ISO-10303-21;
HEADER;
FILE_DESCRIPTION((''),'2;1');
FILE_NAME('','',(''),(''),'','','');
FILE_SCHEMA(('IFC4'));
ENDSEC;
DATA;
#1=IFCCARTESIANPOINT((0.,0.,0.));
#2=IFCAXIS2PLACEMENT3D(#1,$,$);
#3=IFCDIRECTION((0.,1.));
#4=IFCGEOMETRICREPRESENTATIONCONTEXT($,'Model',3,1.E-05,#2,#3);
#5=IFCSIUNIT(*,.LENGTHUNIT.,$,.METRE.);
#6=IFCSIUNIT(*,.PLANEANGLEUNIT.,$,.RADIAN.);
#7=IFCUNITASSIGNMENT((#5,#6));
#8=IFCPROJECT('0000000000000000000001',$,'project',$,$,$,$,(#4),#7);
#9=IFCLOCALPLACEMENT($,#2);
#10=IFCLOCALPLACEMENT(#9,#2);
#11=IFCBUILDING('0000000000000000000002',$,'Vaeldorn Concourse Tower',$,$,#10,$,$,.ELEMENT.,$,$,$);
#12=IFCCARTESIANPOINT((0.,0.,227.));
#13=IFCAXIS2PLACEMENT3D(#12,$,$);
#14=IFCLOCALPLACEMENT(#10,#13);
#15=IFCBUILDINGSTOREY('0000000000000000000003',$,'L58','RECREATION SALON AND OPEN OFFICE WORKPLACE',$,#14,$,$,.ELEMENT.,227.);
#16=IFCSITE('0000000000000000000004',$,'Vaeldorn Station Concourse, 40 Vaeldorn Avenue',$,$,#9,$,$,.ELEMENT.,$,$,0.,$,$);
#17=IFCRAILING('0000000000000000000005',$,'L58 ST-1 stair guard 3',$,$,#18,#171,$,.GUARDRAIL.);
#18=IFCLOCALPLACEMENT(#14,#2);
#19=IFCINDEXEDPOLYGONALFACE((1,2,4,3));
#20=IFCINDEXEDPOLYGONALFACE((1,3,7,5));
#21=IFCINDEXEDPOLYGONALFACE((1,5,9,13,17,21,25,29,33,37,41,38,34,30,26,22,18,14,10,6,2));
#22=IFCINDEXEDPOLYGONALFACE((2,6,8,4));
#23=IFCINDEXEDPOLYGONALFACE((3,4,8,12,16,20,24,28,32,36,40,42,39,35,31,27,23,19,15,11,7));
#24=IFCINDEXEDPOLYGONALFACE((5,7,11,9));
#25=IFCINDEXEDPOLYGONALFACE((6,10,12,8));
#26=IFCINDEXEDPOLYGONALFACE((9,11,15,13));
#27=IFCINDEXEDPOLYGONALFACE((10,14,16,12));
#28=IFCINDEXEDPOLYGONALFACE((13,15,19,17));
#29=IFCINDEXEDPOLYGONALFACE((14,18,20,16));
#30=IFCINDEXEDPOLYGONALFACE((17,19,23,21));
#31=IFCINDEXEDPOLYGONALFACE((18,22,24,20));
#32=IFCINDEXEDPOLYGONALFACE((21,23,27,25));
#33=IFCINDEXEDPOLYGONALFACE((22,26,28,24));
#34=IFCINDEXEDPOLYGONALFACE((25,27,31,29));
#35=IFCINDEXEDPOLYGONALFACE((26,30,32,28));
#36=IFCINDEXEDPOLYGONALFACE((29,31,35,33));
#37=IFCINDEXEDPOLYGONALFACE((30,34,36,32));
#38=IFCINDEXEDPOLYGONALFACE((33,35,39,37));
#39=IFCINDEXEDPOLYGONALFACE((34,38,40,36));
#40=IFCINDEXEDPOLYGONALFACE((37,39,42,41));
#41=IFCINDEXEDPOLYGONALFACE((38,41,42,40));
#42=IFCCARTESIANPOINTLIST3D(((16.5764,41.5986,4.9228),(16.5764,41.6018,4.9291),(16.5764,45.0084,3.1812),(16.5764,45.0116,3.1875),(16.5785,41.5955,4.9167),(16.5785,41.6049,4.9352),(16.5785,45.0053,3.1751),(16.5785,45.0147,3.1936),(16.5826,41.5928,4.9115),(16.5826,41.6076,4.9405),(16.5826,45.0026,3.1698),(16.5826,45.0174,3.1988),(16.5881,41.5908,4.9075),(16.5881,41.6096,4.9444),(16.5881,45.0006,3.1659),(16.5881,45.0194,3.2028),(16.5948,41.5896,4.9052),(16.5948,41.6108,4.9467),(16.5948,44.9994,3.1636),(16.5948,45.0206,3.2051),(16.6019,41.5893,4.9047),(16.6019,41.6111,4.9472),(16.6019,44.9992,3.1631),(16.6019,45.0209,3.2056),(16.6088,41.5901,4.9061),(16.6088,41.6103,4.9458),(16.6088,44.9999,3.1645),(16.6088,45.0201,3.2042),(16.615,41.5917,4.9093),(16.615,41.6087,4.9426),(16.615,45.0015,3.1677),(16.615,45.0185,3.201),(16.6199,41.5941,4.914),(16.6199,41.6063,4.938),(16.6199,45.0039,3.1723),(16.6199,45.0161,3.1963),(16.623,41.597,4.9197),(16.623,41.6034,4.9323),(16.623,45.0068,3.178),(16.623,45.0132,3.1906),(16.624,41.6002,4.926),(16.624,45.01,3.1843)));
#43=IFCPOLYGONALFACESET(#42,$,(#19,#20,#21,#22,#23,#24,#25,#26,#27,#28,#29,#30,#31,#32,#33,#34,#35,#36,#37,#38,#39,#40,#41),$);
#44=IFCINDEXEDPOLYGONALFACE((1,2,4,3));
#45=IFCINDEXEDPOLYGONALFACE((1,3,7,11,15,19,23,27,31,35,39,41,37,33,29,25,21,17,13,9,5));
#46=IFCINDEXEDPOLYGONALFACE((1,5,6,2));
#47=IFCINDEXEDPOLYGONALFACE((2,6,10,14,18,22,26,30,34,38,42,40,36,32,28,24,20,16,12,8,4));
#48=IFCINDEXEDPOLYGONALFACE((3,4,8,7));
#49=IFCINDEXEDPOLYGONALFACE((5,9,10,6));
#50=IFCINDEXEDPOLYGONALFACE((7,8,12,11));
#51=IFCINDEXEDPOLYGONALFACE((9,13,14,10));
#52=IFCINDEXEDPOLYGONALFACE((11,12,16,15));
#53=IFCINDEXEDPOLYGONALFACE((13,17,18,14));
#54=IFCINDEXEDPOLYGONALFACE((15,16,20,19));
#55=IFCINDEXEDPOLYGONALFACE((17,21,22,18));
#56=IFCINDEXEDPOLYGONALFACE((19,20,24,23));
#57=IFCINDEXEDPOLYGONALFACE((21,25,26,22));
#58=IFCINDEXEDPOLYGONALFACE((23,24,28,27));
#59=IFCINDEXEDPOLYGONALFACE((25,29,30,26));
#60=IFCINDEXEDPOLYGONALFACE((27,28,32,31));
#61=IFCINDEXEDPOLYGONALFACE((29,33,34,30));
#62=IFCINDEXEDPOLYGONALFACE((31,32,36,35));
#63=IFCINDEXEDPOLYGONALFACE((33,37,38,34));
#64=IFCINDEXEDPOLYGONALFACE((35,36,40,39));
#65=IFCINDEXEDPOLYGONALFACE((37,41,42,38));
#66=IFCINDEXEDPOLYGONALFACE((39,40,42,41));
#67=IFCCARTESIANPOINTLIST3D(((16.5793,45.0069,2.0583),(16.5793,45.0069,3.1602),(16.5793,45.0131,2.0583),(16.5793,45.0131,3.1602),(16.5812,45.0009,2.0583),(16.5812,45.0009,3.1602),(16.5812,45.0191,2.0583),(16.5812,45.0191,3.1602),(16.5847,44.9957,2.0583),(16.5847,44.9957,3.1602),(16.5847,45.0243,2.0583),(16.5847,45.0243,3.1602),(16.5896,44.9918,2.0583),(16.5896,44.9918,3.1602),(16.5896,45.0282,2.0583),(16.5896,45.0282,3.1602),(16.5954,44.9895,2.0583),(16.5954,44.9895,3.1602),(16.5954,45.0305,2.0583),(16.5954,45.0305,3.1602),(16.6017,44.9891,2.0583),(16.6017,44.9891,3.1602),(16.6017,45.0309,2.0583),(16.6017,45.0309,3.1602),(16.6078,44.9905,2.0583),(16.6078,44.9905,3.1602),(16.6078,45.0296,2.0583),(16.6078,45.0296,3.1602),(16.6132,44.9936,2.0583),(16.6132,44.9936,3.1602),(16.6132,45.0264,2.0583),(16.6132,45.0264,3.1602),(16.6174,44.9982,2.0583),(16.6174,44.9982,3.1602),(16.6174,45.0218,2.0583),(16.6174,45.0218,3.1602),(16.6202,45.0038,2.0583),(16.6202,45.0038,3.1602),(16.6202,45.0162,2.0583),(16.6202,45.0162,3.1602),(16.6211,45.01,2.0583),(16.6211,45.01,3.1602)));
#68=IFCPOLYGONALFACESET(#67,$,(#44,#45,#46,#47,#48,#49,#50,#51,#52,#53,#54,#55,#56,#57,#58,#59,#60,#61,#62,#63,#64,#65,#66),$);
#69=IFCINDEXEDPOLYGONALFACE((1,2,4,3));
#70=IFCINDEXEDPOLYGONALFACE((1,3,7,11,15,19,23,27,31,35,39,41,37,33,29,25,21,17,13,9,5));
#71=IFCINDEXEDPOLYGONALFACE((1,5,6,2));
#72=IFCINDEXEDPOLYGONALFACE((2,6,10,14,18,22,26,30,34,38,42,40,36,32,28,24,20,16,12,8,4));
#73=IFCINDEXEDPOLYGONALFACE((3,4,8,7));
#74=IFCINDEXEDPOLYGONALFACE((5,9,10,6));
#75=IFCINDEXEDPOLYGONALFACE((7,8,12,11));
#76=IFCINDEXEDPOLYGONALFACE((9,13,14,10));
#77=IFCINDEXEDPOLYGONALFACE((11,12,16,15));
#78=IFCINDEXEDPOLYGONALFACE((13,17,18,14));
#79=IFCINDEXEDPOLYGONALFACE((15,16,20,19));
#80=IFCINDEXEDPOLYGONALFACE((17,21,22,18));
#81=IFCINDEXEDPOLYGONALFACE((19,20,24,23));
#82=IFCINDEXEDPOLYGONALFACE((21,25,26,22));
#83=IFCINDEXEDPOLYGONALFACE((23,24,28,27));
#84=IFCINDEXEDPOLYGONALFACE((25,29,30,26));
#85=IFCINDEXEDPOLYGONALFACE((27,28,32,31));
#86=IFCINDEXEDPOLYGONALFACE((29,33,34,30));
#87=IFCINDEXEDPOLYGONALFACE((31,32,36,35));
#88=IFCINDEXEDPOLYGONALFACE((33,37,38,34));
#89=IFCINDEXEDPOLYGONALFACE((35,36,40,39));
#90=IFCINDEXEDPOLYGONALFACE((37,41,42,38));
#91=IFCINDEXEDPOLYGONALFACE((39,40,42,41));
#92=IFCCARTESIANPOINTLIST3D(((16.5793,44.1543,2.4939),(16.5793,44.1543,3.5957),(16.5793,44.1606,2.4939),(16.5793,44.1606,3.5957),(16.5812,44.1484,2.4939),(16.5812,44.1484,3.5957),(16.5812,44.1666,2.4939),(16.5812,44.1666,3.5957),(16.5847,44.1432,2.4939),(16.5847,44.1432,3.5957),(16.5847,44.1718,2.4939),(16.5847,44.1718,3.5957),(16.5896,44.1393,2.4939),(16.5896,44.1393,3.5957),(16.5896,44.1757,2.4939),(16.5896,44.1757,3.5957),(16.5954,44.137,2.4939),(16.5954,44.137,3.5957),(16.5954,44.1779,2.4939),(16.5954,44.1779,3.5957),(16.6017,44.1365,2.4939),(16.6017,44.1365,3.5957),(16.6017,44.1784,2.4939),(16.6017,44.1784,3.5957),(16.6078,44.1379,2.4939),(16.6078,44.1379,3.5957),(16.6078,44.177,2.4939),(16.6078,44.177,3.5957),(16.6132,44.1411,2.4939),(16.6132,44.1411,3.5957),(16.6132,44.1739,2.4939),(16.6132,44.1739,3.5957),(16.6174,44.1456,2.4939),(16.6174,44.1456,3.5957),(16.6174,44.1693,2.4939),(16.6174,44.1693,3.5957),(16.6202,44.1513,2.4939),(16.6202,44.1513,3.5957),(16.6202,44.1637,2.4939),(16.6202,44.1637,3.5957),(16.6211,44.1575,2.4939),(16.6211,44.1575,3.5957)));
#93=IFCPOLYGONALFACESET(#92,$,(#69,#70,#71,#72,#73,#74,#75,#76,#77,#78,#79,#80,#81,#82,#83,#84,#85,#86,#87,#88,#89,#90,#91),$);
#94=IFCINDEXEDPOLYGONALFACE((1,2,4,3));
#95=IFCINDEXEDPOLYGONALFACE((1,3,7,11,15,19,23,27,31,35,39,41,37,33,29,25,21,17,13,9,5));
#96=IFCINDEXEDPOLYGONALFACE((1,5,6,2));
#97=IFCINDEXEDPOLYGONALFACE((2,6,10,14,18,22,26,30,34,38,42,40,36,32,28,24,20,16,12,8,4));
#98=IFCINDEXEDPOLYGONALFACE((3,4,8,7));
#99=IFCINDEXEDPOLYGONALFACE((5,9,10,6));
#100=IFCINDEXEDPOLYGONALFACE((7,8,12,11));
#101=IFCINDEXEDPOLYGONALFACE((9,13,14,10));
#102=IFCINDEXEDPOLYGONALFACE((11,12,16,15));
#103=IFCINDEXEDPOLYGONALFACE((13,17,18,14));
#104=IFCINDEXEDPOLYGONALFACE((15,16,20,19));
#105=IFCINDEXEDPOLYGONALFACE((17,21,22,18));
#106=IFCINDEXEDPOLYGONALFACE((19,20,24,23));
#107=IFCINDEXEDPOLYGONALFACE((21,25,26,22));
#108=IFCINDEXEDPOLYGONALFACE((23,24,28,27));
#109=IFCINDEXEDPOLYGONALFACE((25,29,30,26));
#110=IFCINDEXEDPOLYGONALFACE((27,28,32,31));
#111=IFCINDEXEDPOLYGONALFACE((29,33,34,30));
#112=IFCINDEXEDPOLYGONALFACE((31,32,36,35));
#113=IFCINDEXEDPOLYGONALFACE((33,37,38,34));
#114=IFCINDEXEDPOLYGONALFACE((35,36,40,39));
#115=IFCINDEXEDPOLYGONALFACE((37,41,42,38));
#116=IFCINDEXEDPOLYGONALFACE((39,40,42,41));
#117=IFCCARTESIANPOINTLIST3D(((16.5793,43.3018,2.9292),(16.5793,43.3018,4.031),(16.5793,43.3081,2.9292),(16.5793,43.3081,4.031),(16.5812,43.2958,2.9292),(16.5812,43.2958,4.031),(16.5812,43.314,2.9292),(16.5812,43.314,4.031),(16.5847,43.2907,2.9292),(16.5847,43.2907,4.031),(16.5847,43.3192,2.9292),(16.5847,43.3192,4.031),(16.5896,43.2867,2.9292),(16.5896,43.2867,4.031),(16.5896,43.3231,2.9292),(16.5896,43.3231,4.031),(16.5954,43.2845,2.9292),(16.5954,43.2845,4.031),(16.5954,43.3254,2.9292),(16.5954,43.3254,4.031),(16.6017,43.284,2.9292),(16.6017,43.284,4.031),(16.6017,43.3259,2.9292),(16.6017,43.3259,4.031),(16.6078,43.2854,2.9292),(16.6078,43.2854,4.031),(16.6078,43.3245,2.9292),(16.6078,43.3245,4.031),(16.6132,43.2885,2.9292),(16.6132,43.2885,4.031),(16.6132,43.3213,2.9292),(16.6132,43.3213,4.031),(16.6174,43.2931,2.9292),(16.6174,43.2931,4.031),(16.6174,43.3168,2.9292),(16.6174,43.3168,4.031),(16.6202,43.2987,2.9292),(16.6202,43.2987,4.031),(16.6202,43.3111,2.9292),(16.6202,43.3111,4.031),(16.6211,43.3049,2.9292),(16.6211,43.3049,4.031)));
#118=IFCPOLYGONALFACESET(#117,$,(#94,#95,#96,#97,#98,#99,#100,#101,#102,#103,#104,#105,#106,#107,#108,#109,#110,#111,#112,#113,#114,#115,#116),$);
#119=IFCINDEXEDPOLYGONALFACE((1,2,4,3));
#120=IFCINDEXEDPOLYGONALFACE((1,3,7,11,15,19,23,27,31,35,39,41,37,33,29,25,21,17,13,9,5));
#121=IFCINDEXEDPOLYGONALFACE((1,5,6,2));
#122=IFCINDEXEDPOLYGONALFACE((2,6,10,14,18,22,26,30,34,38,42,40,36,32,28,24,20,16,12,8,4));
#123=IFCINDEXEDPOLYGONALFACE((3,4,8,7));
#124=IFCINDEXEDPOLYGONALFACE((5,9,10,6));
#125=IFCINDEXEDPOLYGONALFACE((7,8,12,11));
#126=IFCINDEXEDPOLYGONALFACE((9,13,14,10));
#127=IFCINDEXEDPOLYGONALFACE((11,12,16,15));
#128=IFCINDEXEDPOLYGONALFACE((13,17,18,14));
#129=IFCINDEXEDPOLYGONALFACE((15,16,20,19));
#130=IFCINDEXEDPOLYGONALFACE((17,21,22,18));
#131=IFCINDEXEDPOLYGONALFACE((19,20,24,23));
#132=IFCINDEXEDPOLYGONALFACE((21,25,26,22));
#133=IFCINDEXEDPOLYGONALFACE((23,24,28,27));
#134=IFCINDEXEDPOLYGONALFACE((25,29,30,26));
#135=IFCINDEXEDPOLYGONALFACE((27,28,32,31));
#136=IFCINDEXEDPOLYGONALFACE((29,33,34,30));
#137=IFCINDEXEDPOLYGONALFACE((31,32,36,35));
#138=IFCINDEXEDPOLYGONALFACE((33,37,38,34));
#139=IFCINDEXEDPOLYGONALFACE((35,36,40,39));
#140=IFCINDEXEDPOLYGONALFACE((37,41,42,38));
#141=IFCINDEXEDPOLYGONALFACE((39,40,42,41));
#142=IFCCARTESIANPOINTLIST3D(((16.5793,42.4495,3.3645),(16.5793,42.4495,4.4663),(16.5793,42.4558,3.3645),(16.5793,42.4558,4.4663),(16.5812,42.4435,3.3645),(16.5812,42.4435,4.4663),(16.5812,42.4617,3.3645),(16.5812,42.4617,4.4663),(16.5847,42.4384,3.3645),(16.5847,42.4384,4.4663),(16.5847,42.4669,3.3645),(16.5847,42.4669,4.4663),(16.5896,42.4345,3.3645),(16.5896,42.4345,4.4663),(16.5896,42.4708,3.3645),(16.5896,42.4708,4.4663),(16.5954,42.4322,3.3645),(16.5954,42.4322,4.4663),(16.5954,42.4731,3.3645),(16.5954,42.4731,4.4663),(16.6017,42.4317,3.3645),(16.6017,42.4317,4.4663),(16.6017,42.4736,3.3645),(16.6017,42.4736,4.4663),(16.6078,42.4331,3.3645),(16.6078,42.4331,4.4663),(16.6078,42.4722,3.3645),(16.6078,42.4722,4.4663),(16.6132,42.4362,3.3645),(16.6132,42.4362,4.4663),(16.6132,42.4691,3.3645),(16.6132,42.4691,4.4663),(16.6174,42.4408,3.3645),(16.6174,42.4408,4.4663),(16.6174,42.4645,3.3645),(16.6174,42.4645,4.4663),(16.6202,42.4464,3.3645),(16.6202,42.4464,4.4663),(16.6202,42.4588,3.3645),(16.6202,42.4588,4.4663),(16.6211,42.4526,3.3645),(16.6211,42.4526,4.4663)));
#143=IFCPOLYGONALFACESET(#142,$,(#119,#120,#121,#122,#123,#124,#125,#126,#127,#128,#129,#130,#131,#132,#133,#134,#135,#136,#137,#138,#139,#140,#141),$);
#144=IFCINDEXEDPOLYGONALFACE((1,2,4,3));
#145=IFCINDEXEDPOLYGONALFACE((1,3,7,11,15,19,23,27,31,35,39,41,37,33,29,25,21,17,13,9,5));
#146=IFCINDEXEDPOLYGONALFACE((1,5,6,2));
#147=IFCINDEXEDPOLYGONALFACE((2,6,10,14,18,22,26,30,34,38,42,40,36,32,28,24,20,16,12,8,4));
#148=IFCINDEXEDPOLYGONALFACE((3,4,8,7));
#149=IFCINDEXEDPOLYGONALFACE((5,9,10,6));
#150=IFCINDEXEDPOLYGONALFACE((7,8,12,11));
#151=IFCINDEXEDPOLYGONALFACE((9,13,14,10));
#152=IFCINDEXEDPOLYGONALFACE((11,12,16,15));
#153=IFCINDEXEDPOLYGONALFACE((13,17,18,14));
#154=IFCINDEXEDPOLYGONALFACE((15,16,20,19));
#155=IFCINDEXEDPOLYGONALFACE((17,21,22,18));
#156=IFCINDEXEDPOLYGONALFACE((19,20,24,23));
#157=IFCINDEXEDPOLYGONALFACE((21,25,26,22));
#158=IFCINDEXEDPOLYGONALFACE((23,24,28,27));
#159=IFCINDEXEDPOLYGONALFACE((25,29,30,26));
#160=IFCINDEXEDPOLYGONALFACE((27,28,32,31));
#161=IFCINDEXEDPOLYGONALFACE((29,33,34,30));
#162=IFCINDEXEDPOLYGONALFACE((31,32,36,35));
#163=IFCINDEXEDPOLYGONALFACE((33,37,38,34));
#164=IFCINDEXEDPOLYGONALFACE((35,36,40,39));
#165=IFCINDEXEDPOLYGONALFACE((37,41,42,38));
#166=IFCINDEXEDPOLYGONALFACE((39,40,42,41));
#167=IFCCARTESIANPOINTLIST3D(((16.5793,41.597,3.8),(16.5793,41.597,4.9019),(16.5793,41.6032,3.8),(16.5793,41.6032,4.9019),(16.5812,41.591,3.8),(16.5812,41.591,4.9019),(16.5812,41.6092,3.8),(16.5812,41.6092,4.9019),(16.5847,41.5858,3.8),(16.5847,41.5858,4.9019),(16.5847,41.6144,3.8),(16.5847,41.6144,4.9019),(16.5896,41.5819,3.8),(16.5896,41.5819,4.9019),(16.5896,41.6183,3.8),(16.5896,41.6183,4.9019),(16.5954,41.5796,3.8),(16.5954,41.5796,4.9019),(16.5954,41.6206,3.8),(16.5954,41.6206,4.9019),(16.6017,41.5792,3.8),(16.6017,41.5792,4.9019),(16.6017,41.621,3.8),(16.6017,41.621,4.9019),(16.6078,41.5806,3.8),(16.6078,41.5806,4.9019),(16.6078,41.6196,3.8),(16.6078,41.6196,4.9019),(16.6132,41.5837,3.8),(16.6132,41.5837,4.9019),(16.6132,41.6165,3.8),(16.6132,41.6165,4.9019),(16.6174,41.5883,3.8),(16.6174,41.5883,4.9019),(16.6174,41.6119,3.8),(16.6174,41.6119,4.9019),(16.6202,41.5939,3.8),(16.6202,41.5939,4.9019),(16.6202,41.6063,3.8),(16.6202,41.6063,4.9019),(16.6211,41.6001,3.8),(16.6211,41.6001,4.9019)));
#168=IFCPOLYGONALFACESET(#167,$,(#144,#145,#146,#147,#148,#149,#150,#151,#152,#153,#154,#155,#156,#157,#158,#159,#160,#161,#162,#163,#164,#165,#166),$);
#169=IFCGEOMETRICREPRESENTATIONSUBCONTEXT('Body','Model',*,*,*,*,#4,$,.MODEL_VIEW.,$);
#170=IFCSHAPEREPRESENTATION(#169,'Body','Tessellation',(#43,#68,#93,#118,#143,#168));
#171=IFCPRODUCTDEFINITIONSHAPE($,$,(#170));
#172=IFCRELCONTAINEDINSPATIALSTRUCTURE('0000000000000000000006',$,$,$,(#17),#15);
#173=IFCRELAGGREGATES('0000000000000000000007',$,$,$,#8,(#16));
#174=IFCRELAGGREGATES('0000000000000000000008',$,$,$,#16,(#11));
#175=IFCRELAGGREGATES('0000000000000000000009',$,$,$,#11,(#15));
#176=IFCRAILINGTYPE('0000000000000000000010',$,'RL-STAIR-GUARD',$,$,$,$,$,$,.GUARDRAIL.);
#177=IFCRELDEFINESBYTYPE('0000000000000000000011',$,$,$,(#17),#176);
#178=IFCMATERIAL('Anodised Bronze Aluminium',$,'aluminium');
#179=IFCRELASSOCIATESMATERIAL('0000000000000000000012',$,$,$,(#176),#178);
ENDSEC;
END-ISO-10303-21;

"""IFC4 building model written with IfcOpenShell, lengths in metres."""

from ifc_helpers import new_model, si_unit, direction, frame, origin, origin_2d, place, context, subcontext, project, spatial, circle, extrude, material, type_object, element, save


model = new_model("IFC4")

# Units and contexts
model_context = context("Model", 3, precision=1e-05, world=origin(), true_north=direction((0.0, 1.0)))
body_context = subcontext(model_context, "Body", "Model", "MODEL_VIEW")
ifc_project = project(units=[si_unit("LENGTHUNIT", "METRE"), si_unit("PLANEANGLEUNIT", "RADIAN")], contexts=[model_context])

# Site, building, storey
site_placement = place(None, origin())
site = spatial("IfcSite", under=ifc_project, at=site_placement, Name="Vaeldorn Station Concourse, 40 Vaeldorn Avenue", CompositionType="ELEMENT", RefElevation=0.0)
building_placement = place(site_placement, origin())
building = spatial("IfcBuilding", under=site, at=building_placement, Name="Vaeldorn Concourse Tower", CompositionType="ELEMENT")
storey_placement = place(building_placement, frame((0.0, 0.0, 227.0)))
storey = spatial("IfcBuildingStorey", under=building, at=storey_placement, Name="L58", Description="RECREATION SALON AND OPEN OFFICE WORKPLACE", CompositionType="ELEMENT", Elevation=227.0)

# Shared definitions
ifc_material_1 = material(Name="Anodised Bronze Aluminium", Category="aluminium")

# Railing
railing_type_1 = type_object("IfcRailingType", Name="RL-STAIR-GUARD", PredefinedType="GUARDRAIL", material=ifc_material_1)
railing_1_placement = place(storey_placement, frame((16.6001, 45.01, 2.0583)))
element("IfcRailing", 1, at=railing_1_placement, inside=storey, type_object=railing_type_1, Name="L58 ST-1 stair guard 3", PredefinedType="GUARDRAIL", context=body_context, shape_type="SweptSolid", body=[
    extrude(circle(Radius=0.0239, at=origin_2d()), frame((0.0, 0.0, 1.126), z_axis=(0.0, -0.890556, 0.454874), x_axis=(1.0, 0.0, 0.0)), (0.0, 0.0, 1.0), 3.8289),
    extrude(circle(Radius=0.021, at=origin_2d()), origin(), (0.0, 0.0, 1.0), 1.1018),
    extrude(circle(Radius=0.021, at=origin_2d()), frame((0.0, -0.8525, 0.4355)), (0.0, 0.0, 1.0), 1.1018),
    extrude(circle(Radius=0.021, at=origin_2d()), frame((0.0, -1.7051, 0.8708)), (0.0, 0.0, 1.0), 1.1018),
    extrude(circle(Radius=0.021, at=origin_2d()), frame((0.0, -2.5574, 1.3062)), (0.0, 0.0, 1.0), 1.1018),
    extrude(circle(Radius=0.021, at=origin_2d()), frame((0.0, -3.4099, 1.7417)), (0.0, 0.0, 1.0), 1.1018),
])

save(model, "model.ifc")
